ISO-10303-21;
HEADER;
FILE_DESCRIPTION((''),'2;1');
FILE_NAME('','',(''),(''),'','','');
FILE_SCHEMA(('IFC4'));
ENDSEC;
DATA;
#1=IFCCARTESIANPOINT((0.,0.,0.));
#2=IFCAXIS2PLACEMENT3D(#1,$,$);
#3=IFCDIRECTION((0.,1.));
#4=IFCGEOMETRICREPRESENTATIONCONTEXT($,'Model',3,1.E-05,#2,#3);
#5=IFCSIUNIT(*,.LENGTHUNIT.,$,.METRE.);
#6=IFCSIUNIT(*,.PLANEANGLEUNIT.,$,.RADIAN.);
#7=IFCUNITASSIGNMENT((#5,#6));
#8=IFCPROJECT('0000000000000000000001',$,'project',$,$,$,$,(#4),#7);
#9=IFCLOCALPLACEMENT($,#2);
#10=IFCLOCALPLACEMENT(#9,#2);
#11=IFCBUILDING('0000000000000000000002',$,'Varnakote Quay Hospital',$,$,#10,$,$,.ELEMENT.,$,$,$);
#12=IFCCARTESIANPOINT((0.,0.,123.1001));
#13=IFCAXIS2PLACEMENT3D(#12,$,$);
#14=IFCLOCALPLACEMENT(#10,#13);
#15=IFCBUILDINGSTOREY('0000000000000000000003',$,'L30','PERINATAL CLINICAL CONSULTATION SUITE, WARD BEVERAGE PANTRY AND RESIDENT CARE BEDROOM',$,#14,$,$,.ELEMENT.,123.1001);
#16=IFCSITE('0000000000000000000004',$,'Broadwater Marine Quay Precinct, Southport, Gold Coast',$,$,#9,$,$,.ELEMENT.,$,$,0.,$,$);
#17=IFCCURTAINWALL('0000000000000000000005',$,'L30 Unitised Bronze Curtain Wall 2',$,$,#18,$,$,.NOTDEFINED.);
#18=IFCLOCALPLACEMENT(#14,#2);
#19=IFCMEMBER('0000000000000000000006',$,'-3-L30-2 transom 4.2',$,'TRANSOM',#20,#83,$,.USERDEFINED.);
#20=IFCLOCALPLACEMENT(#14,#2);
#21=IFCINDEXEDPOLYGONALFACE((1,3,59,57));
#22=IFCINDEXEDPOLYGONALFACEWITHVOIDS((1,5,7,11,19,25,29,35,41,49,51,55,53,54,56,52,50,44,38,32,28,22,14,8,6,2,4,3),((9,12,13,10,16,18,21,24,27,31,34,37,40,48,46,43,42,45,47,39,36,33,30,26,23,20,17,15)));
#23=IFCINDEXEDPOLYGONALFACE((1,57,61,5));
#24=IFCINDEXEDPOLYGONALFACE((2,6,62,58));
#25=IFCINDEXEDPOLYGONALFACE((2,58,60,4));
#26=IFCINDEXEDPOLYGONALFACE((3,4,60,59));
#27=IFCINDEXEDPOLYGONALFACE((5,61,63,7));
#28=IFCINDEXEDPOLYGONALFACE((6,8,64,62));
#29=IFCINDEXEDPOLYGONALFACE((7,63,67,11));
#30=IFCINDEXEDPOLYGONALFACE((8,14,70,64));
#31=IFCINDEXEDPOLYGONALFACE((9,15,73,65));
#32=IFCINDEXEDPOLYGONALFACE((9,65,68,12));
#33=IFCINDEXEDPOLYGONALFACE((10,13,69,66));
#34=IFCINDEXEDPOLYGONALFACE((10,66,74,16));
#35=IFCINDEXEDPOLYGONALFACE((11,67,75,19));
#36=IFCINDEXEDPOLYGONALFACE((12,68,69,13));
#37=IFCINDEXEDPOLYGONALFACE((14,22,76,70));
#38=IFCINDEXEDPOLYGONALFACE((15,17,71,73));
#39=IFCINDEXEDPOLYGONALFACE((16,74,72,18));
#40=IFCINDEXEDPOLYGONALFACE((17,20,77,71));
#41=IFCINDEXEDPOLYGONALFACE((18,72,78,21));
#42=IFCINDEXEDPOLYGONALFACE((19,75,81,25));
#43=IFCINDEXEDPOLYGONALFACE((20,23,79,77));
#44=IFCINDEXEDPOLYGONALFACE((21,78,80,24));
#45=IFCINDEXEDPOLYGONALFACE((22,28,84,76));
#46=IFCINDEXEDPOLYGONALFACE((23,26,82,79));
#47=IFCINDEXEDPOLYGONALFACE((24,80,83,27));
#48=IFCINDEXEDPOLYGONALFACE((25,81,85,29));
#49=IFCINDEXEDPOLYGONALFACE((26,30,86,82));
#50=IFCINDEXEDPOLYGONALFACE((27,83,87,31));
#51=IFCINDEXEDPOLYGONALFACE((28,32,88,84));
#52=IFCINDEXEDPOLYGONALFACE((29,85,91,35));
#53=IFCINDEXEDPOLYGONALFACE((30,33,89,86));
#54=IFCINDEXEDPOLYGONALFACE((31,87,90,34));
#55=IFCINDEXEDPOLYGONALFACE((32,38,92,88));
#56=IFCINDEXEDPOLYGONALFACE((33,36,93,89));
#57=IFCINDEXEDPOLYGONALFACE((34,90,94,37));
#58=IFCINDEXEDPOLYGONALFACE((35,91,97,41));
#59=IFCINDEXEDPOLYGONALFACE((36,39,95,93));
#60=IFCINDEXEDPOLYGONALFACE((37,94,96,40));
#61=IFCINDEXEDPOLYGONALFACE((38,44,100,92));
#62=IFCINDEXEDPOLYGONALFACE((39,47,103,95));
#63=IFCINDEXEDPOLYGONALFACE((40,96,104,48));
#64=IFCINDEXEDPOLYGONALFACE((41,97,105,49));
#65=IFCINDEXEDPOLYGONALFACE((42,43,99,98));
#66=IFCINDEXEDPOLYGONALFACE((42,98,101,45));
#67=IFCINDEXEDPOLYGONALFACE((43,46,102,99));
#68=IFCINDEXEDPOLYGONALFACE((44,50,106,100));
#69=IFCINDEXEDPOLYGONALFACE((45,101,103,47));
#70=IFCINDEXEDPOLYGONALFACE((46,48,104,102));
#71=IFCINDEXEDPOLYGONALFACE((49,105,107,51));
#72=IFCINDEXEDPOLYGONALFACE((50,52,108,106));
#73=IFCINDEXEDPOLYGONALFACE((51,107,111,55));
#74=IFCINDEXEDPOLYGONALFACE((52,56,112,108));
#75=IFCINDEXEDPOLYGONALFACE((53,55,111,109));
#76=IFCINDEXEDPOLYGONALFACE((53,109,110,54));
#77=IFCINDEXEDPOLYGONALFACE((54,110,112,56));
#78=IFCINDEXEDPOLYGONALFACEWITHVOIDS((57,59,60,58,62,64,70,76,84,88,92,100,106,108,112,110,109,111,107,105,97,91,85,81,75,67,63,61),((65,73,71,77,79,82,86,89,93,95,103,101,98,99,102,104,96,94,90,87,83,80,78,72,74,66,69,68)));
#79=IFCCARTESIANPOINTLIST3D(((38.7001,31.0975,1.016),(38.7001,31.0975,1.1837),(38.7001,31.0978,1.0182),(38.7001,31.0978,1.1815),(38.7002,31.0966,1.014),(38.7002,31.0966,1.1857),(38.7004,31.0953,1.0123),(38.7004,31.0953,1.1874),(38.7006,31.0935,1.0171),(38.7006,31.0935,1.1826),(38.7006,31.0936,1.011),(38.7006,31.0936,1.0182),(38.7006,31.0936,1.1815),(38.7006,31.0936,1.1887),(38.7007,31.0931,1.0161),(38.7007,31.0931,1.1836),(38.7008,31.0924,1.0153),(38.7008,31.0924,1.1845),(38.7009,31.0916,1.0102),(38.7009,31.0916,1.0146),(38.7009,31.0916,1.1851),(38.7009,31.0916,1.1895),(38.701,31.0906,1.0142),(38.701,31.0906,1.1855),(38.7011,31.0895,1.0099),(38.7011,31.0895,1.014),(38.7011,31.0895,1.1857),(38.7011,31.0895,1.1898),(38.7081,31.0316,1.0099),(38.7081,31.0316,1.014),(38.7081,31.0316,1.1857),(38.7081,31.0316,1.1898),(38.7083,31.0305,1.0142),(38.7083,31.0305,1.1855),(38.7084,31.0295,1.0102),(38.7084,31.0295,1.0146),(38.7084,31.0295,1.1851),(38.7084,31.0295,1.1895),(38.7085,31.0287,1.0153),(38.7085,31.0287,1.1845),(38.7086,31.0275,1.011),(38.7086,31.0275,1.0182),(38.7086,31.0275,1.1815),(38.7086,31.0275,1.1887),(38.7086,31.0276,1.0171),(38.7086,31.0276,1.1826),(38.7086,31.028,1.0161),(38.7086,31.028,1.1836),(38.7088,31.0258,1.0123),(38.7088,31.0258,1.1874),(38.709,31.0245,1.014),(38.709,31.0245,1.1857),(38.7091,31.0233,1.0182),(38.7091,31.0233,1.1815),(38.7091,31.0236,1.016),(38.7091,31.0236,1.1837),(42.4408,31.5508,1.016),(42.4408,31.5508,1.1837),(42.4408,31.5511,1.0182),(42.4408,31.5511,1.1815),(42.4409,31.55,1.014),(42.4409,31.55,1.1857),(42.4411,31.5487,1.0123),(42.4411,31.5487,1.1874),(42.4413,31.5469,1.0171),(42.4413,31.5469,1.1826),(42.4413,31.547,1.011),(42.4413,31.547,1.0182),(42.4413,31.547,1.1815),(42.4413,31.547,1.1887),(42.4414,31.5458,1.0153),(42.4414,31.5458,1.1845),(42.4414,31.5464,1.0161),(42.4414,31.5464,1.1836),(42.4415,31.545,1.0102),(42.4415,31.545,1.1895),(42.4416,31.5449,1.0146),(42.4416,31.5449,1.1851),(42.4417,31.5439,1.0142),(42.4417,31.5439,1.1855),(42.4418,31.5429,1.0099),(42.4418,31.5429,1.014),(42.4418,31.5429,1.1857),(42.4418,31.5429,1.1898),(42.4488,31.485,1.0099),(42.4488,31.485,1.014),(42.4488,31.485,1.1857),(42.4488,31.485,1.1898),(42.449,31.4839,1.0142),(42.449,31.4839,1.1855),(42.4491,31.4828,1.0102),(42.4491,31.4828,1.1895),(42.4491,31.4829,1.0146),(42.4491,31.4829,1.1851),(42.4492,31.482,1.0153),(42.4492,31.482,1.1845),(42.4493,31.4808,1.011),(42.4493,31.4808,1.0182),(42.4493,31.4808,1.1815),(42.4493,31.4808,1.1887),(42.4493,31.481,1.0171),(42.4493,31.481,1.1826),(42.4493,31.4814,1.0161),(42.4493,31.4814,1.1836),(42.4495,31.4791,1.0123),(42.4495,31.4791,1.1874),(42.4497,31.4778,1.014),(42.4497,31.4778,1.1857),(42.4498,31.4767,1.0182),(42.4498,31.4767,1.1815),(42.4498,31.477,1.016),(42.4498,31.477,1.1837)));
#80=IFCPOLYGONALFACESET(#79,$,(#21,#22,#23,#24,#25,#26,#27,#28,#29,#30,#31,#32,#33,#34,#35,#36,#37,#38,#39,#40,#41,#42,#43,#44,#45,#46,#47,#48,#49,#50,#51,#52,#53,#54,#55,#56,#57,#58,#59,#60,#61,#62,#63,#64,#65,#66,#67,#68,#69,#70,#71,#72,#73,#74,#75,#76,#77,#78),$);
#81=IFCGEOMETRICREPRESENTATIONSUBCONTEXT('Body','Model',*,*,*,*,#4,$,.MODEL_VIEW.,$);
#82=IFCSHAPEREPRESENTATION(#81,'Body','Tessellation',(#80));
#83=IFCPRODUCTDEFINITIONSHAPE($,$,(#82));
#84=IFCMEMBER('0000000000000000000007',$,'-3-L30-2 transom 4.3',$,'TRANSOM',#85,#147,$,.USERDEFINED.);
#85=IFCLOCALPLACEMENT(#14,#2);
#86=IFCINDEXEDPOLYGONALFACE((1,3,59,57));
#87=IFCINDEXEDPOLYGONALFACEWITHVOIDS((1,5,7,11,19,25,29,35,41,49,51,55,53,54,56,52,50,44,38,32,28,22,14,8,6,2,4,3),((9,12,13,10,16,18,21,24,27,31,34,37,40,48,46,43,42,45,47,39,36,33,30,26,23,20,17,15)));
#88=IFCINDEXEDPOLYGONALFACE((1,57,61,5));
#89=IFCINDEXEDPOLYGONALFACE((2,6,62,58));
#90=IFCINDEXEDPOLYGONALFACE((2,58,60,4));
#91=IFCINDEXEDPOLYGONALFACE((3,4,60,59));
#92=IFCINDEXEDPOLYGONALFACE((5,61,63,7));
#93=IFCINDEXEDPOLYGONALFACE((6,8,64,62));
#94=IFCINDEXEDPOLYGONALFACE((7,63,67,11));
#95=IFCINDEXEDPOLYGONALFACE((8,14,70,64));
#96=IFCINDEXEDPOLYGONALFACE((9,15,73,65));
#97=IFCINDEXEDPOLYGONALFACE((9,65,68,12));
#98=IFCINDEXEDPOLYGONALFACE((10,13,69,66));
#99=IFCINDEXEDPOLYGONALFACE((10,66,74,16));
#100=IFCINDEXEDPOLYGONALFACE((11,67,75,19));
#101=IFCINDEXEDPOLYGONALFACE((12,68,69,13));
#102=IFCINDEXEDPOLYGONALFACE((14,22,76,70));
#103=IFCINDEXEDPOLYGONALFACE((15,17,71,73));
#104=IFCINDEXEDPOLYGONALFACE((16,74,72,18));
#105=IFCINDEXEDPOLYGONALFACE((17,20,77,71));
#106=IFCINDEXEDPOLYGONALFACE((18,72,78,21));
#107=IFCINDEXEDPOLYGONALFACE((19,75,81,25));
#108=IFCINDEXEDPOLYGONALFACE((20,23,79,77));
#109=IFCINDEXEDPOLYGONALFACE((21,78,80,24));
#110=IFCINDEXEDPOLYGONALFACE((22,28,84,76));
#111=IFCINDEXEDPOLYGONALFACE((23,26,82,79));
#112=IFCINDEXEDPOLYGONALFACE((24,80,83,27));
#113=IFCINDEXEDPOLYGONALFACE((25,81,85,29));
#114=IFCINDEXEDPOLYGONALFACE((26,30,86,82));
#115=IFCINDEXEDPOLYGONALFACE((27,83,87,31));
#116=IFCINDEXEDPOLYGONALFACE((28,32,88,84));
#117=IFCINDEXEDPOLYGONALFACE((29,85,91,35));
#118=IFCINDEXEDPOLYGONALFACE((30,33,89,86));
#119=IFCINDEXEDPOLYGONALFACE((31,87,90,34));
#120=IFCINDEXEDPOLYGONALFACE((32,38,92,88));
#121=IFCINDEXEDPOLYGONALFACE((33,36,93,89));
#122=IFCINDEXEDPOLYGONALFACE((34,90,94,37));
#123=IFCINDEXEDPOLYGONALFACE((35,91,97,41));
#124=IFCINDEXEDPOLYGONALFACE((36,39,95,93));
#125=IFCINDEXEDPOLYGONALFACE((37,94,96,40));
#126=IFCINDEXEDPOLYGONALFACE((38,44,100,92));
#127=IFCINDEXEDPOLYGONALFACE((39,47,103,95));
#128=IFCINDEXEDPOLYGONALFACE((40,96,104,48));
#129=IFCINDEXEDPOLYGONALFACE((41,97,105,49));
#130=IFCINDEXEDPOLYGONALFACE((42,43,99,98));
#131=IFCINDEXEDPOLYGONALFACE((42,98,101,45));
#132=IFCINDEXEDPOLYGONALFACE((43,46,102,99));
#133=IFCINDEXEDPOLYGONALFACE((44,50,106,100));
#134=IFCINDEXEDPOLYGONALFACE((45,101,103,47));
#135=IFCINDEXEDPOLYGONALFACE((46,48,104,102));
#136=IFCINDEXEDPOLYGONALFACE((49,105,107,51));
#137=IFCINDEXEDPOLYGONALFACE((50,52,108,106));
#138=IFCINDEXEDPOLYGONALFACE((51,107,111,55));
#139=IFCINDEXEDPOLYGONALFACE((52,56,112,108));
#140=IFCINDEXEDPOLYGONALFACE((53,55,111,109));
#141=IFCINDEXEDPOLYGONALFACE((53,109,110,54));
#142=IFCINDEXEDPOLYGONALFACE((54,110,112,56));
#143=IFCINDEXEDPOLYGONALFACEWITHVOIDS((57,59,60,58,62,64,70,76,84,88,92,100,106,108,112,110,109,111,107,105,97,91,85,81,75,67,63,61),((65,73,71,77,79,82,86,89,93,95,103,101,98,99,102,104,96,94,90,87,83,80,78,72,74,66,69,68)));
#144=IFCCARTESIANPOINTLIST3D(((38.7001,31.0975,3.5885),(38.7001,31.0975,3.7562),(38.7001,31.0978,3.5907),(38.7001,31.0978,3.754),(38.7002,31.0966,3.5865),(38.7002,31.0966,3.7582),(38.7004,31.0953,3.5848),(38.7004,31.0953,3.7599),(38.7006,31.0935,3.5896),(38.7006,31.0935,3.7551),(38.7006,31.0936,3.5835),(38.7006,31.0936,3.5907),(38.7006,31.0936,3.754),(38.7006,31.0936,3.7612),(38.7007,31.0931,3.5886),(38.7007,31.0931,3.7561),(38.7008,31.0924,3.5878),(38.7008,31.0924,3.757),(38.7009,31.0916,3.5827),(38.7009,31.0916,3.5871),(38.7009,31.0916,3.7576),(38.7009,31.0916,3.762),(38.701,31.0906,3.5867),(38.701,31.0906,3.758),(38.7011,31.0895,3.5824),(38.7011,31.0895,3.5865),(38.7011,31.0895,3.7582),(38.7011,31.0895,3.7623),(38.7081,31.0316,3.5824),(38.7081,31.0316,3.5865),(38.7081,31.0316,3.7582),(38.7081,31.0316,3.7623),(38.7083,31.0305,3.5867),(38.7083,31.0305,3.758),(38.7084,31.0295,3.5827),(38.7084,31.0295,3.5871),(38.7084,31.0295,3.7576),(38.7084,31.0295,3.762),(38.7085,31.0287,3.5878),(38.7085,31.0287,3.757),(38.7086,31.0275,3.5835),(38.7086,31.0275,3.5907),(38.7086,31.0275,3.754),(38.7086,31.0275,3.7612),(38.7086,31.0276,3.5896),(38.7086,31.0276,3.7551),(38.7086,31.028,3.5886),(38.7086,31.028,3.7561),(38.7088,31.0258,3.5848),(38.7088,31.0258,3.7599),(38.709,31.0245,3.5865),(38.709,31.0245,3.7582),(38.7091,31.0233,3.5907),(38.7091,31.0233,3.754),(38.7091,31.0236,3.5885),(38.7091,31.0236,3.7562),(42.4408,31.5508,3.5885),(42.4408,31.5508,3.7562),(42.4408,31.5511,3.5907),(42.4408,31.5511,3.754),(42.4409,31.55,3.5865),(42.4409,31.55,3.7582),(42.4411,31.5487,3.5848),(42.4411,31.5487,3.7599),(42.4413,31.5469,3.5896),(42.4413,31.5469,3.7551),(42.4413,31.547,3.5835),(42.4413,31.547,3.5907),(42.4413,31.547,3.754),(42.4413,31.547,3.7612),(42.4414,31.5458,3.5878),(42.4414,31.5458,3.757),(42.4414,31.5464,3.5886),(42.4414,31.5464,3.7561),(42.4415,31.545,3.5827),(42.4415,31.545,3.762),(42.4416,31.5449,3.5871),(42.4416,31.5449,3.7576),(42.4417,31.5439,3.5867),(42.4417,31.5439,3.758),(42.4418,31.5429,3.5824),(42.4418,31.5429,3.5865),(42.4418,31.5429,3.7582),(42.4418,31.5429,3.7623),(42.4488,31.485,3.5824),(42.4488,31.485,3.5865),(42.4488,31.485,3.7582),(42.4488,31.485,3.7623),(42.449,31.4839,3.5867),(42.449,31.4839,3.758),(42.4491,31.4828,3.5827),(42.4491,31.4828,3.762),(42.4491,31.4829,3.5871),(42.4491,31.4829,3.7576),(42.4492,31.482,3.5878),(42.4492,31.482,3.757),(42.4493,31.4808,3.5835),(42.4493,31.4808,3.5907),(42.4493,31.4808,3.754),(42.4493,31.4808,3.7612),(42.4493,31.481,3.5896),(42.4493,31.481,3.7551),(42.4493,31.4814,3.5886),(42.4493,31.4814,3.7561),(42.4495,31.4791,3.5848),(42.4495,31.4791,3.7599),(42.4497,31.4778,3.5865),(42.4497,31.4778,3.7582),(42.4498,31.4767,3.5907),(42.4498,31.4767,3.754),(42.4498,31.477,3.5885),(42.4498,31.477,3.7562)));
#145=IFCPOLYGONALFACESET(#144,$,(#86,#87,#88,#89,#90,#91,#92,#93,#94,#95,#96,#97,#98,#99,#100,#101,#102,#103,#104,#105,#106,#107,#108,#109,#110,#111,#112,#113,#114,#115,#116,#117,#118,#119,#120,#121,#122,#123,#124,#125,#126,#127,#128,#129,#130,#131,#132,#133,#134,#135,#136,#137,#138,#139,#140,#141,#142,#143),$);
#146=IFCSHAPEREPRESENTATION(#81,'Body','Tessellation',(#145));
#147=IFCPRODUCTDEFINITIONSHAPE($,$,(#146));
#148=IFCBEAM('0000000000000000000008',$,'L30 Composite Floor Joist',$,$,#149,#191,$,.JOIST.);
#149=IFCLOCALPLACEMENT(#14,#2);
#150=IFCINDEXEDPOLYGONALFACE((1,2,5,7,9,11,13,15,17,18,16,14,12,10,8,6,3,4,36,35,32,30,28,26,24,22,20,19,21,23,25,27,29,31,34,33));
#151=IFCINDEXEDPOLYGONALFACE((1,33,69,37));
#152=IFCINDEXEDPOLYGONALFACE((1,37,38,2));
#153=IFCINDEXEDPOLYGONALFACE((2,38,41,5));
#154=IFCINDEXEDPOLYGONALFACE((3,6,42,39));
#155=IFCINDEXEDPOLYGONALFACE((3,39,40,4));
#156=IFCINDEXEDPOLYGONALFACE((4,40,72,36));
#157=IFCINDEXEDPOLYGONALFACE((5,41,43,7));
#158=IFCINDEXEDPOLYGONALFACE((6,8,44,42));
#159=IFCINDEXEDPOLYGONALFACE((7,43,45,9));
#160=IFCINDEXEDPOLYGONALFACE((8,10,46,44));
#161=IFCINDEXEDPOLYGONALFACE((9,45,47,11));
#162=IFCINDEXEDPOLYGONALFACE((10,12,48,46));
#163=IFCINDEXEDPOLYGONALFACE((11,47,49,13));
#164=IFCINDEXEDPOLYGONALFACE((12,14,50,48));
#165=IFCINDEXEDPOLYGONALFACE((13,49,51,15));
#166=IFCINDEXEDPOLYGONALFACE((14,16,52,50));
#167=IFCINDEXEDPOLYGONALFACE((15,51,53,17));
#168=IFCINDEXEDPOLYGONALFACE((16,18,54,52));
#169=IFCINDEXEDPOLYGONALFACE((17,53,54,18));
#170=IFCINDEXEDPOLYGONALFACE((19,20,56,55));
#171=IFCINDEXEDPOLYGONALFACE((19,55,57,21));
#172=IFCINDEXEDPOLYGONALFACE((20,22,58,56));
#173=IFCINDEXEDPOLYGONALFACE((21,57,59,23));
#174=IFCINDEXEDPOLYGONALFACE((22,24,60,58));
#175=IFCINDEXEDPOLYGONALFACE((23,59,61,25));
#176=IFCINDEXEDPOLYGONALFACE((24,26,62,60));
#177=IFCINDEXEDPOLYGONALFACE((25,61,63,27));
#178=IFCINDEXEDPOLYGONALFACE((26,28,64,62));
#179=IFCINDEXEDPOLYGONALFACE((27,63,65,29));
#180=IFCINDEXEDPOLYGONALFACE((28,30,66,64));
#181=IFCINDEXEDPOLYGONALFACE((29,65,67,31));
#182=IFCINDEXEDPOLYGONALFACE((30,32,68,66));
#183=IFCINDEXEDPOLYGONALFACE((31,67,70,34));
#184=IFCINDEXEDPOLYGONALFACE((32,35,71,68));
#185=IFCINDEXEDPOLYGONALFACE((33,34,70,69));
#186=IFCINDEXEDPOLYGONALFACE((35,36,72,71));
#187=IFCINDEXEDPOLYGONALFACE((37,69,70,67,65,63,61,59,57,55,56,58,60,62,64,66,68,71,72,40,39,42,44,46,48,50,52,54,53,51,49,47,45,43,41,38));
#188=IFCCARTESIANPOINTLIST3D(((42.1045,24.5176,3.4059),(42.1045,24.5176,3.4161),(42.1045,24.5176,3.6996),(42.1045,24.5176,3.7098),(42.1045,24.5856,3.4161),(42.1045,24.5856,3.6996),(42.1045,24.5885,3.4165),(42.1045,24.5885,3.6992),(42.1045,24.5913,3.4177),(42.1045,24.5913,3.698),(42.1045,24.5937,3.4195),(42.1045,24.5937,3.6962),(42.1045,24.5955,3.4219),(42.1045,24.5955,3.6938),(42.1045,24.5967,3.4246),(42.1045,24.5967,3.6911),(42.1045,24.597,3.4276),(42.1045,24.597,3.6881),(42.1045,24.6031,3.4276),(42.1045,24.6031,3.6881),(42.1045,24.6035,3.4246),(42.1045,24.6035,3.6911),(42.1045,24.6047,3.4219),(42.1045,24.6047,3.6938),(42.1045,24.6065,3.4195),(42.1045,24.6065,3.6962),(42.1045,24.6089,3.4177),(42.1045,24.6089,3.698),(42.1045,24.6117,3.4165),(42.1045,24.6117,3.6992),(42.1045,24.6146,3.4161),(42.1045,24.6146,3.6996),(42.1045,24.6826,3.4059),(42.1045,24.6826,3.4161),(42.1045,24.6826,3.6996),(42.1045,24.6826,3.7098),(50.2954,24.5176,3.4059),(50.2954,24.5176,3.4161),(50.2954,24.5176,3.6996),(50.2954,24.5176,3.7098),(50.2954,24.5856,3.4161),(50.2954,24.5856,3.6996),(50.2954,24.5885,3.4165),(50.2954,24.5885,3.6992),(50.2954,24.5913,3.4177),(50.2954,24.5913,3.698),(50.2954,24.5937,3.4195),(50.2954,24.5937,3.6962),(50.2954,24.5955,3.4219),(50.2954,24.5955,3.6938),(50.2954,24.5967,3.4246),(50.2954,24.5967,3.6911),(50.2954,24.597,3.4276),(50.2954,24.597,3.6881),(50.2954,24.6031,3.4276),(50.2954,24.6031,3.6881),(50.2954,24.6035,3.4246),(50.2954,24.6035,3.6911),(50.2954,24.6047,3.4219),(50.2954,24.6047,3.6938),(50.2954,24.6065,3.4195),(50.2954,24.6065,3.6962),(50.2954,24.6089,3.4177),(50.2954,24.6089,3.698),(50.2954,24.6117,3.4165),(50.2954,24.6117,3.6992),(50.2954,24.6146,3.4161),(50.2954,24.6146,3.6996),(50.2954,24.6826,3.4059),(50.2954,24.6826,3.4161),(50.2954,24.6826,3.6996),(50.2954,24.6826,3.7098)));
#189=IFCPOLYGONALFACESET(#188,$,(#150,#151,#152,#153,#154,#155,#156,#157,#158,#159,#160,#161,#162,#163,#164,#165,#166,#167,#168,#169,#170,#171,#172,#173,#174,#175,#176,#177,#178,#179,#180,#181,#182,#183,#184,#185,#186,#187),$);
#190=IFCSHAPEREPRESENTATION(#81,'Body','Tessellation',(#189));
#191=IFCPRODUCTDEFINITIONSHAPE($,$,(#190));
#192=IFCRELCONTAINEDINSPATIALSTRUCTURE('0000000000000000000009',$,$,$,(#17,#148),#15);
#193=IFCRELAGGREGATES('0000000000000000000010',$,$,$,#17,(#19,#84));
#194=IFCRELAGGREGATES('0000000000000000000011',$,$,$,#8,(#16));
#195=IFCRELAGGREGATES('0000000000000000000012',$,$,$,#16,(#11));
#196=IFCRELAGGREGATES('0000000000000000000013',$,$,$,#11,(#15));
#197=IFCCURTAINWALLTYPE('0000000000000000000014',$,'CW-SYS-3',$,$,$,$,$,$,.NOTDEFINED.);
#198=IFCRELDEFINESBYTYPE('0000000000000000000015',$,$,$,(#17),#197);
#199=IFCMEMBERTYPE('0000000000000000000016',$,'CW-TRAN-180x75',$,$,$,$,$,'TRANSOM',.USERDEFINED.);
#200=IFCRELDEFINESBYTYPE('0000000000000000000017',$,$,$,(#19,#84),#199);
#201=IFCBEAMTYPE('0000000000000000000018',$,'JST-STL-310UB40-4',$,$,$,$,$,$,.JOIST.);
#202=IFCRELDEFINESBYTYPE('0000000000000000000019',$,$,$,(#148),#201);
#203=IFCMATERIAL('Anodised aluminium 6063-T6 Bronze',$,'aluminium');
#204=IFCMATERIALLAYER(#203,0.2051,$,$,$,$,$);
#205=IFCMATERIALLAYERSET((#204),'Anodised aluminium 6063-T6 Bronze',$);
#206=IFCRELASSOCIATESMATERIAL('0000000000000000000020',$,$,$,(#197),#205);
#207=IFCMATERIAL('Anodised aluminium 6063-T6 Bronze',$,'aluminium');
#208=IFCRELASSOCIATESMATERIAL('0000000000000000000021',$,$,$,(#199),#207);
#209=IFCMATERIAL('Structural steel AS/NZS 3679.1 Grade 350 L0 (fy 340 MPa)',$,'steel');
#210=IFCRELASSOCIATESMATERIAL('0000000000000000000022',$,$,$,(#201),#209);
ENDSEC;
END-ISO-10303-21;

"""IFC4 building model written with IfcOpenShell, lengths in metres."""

from ifc_helpers import new_model, si_unit, direction, frame, origin, origin_2d, place, context, subcontext, project, spatial, hollow_rectangle, i_section, extrude, material, layer, layer_set, material_profile, profile_set, type_object, element, aggregate, save


model = new_model("IFC4")

# Units and contexts
model_context = context("Model", 3, precision=1e-05, world=origin(), true_north=direction((0.0, 1.0)))
body_context = subcontext(model_context, "Body", "Model", "MODEL_VIEW")
ifc_project = project(units=[si_unit("LENGTHUNIT", "METRE"), si_unit("PLANEANGLEUNIT", "RADIAN")], contexts=[model_context])

# Site, building, storey
site_placement = place(None, origin())
site = spatial("IfcSite", under=ifc_project, at=site_placement, Name="Broadwater Marine Quay Precinct, Southport, Gold Coast", CompositionType="ELEMENT", RefElevation=0.0)
building_placement = place(site_placement, origin())
building = spatial("IfcBuilding", under=site, at=building_placement, Name="Varnakote Quay Hospital", CompositionType="ELEMENT")
storey_placement = place(building_placement, frame((0.0, 0.0, 123.1001)))
storey = spatial("IfcBuildingStorey", under=building, at=storey_placement, Name="L30", Description="PERINATAL CLINICAL CONSULTATION SUITE, WARD BEVERAGE PANTRY AND RESIDENT CARE BEDROOM", CompositionType="ELEMENT", Elevation=123.1001)

# Curtain wall, members
ifc_material_1 = material(Name="Anodised aluminium 6063-T6 Bronze", Category="aluminium")
ifc_layer_1 = layer(ifc_material_1, 0.2051)
ifc_layer_set_1 = layer_set([ifc_layer_1], Name="Anodised aluminium 6063-T6 Bronze")
curtain_wall_type = type_object("IfcCurtainWallType", Name="CW-SYS-3", PredefinedType="NOTDEFINED", material=ifc_layer_set_1)
curtain_wall_placement = place(storey_placement, origin())
curtain_wall = element("IfcCurtainWall", 1, at=curtain_wall_placement, inside=storey, type_object=curtain_wall_type, Name="L30 Unitised Bronze Curtain Wall 2", PredefinedType="NOTDEFINED")
ifc_material_2 = material(Name="Anodised aluminium 6063-T6 Bronze", Category="aluminium")
ifc_material_profile_1 = material_profile(ifc_material_2, hollow_rectangle(XDim=0.075, YDim=0.1799, WallThickness=0.0042, InnerFilletRadius=0.0042, OuterFilletRadius=0.0083, at=origin_2d()), Name="CW-TRAN-180x75")
ifc_profile_set_1 = profile_set([ifc_material_profile_1], Name="Anodised aluminium 6063-T6 Bronze")
member_type_1 = type_object("IfcMemberType", Name="CW-TRAN-180x75", ElementType="TRANSOM", PredefinedType="USERDEFINED", material=ifc_profile_set_1)
member_1_placement = place(storey_placement, frame((42.4453, 31.5139, 1.0999), z_axis=(-0.992735, -0.120318, 0.0), x_axis=(0.120318, -0.992735, 0.0)))
member_1 = element("IfcMember", 2, at=member_1_placement, type_object=member_type_1, Name="-3-L30-2 transom 4.2", ObjectType="TRANSOM", PredefinedType="USERDEFINED", context=body_context, shape_type="SweptSolid", body=[
    extrude(hollow_rectangle(XDim=0.075, YDim=0.1799, WallThickness=0.0042, InnerFilletRadius=0.0042, OuterFilletRadius=0.0083, at=origin_2d()), origin(), (0.0, 0.0, 1.0), 3.7681),
])
member_2_placement = place(storey_placement, frame((42.4453, 31.5139, 3.6724), z_axis=(-0.992735, -0.120318, 0.0), x_axis=(0.120318, -0.992735, 0.0)))
member_2 = element("IfcMember", 3, at=member_2_placement, type_object=member_type_1, Name="-3-L30-2 transom 4.3", ObjectType="TRANSOM", PredefinedType="USERDEFINED", context=body_context, shape_type="SweptSolid", body=[
    extrude(hollow_rectangle(XDim=0.075, YDim=0.1799, WallThickness=0.0042, InnerFilletRadius=0.0042, OuterFilletRadius=0.0083, at=origin_2d()), origin(), (0.0, 0.0, 1.0), 3.7681),
])

# Beam
ifc_material_3 = material(Name="Structural steel AS/NZS 3679.1 Grade 350 L0 (fy 340 MPa)", Category="steel")
ifc_material_profile_2 = material_profile(ifc_material_3, i_section(OverallWidth=0.165, OverallDepth=0.304, WebThickness=0.0061, FlangeThickness=0.0103, FilletRadius=0.0115, at=origin_2d()), Name="310UB40.4")
ifc_profile_set_2 = profile_set([ifc_material_profile_2], Name="Structural steel AS/NZS 3679.1 Grade 350 L0 (fy 340 MPa)")
beam_type_1 = type_object("IfcBeamType", Name="JST-STL-310UB40-4", PredefinedType="JOIST", material=ifc_profile_set_2)
beam_1_placement = place(storey_placement, frame((42.1045, 24.6001, 3.5579), z_axis=(1.0, 0.0, 0.0), x_axis=(0.0, 1.0, 0.0)))
element("IfcBeam", 4, at=beam_1_placement, inside=storey, type_object=beam_type_1, Name="L30 Composite Floor Joist", PredefinedType="JOIST", context=body_context, shape_type="SweptSolid", body=[
    extrude(i_section(OverallWidth=0.165, OverallDepth=0.304, WebThickness=0.0061, FlangeThickness=0.0103, FilletRadius=0.0115, at=origin_2d()), origin(), (0.0, 0.0, 1.0), 8.1909),
])

aggregate(curtain_wall, [member_1, member_2])

save(model, "model.ifc")
